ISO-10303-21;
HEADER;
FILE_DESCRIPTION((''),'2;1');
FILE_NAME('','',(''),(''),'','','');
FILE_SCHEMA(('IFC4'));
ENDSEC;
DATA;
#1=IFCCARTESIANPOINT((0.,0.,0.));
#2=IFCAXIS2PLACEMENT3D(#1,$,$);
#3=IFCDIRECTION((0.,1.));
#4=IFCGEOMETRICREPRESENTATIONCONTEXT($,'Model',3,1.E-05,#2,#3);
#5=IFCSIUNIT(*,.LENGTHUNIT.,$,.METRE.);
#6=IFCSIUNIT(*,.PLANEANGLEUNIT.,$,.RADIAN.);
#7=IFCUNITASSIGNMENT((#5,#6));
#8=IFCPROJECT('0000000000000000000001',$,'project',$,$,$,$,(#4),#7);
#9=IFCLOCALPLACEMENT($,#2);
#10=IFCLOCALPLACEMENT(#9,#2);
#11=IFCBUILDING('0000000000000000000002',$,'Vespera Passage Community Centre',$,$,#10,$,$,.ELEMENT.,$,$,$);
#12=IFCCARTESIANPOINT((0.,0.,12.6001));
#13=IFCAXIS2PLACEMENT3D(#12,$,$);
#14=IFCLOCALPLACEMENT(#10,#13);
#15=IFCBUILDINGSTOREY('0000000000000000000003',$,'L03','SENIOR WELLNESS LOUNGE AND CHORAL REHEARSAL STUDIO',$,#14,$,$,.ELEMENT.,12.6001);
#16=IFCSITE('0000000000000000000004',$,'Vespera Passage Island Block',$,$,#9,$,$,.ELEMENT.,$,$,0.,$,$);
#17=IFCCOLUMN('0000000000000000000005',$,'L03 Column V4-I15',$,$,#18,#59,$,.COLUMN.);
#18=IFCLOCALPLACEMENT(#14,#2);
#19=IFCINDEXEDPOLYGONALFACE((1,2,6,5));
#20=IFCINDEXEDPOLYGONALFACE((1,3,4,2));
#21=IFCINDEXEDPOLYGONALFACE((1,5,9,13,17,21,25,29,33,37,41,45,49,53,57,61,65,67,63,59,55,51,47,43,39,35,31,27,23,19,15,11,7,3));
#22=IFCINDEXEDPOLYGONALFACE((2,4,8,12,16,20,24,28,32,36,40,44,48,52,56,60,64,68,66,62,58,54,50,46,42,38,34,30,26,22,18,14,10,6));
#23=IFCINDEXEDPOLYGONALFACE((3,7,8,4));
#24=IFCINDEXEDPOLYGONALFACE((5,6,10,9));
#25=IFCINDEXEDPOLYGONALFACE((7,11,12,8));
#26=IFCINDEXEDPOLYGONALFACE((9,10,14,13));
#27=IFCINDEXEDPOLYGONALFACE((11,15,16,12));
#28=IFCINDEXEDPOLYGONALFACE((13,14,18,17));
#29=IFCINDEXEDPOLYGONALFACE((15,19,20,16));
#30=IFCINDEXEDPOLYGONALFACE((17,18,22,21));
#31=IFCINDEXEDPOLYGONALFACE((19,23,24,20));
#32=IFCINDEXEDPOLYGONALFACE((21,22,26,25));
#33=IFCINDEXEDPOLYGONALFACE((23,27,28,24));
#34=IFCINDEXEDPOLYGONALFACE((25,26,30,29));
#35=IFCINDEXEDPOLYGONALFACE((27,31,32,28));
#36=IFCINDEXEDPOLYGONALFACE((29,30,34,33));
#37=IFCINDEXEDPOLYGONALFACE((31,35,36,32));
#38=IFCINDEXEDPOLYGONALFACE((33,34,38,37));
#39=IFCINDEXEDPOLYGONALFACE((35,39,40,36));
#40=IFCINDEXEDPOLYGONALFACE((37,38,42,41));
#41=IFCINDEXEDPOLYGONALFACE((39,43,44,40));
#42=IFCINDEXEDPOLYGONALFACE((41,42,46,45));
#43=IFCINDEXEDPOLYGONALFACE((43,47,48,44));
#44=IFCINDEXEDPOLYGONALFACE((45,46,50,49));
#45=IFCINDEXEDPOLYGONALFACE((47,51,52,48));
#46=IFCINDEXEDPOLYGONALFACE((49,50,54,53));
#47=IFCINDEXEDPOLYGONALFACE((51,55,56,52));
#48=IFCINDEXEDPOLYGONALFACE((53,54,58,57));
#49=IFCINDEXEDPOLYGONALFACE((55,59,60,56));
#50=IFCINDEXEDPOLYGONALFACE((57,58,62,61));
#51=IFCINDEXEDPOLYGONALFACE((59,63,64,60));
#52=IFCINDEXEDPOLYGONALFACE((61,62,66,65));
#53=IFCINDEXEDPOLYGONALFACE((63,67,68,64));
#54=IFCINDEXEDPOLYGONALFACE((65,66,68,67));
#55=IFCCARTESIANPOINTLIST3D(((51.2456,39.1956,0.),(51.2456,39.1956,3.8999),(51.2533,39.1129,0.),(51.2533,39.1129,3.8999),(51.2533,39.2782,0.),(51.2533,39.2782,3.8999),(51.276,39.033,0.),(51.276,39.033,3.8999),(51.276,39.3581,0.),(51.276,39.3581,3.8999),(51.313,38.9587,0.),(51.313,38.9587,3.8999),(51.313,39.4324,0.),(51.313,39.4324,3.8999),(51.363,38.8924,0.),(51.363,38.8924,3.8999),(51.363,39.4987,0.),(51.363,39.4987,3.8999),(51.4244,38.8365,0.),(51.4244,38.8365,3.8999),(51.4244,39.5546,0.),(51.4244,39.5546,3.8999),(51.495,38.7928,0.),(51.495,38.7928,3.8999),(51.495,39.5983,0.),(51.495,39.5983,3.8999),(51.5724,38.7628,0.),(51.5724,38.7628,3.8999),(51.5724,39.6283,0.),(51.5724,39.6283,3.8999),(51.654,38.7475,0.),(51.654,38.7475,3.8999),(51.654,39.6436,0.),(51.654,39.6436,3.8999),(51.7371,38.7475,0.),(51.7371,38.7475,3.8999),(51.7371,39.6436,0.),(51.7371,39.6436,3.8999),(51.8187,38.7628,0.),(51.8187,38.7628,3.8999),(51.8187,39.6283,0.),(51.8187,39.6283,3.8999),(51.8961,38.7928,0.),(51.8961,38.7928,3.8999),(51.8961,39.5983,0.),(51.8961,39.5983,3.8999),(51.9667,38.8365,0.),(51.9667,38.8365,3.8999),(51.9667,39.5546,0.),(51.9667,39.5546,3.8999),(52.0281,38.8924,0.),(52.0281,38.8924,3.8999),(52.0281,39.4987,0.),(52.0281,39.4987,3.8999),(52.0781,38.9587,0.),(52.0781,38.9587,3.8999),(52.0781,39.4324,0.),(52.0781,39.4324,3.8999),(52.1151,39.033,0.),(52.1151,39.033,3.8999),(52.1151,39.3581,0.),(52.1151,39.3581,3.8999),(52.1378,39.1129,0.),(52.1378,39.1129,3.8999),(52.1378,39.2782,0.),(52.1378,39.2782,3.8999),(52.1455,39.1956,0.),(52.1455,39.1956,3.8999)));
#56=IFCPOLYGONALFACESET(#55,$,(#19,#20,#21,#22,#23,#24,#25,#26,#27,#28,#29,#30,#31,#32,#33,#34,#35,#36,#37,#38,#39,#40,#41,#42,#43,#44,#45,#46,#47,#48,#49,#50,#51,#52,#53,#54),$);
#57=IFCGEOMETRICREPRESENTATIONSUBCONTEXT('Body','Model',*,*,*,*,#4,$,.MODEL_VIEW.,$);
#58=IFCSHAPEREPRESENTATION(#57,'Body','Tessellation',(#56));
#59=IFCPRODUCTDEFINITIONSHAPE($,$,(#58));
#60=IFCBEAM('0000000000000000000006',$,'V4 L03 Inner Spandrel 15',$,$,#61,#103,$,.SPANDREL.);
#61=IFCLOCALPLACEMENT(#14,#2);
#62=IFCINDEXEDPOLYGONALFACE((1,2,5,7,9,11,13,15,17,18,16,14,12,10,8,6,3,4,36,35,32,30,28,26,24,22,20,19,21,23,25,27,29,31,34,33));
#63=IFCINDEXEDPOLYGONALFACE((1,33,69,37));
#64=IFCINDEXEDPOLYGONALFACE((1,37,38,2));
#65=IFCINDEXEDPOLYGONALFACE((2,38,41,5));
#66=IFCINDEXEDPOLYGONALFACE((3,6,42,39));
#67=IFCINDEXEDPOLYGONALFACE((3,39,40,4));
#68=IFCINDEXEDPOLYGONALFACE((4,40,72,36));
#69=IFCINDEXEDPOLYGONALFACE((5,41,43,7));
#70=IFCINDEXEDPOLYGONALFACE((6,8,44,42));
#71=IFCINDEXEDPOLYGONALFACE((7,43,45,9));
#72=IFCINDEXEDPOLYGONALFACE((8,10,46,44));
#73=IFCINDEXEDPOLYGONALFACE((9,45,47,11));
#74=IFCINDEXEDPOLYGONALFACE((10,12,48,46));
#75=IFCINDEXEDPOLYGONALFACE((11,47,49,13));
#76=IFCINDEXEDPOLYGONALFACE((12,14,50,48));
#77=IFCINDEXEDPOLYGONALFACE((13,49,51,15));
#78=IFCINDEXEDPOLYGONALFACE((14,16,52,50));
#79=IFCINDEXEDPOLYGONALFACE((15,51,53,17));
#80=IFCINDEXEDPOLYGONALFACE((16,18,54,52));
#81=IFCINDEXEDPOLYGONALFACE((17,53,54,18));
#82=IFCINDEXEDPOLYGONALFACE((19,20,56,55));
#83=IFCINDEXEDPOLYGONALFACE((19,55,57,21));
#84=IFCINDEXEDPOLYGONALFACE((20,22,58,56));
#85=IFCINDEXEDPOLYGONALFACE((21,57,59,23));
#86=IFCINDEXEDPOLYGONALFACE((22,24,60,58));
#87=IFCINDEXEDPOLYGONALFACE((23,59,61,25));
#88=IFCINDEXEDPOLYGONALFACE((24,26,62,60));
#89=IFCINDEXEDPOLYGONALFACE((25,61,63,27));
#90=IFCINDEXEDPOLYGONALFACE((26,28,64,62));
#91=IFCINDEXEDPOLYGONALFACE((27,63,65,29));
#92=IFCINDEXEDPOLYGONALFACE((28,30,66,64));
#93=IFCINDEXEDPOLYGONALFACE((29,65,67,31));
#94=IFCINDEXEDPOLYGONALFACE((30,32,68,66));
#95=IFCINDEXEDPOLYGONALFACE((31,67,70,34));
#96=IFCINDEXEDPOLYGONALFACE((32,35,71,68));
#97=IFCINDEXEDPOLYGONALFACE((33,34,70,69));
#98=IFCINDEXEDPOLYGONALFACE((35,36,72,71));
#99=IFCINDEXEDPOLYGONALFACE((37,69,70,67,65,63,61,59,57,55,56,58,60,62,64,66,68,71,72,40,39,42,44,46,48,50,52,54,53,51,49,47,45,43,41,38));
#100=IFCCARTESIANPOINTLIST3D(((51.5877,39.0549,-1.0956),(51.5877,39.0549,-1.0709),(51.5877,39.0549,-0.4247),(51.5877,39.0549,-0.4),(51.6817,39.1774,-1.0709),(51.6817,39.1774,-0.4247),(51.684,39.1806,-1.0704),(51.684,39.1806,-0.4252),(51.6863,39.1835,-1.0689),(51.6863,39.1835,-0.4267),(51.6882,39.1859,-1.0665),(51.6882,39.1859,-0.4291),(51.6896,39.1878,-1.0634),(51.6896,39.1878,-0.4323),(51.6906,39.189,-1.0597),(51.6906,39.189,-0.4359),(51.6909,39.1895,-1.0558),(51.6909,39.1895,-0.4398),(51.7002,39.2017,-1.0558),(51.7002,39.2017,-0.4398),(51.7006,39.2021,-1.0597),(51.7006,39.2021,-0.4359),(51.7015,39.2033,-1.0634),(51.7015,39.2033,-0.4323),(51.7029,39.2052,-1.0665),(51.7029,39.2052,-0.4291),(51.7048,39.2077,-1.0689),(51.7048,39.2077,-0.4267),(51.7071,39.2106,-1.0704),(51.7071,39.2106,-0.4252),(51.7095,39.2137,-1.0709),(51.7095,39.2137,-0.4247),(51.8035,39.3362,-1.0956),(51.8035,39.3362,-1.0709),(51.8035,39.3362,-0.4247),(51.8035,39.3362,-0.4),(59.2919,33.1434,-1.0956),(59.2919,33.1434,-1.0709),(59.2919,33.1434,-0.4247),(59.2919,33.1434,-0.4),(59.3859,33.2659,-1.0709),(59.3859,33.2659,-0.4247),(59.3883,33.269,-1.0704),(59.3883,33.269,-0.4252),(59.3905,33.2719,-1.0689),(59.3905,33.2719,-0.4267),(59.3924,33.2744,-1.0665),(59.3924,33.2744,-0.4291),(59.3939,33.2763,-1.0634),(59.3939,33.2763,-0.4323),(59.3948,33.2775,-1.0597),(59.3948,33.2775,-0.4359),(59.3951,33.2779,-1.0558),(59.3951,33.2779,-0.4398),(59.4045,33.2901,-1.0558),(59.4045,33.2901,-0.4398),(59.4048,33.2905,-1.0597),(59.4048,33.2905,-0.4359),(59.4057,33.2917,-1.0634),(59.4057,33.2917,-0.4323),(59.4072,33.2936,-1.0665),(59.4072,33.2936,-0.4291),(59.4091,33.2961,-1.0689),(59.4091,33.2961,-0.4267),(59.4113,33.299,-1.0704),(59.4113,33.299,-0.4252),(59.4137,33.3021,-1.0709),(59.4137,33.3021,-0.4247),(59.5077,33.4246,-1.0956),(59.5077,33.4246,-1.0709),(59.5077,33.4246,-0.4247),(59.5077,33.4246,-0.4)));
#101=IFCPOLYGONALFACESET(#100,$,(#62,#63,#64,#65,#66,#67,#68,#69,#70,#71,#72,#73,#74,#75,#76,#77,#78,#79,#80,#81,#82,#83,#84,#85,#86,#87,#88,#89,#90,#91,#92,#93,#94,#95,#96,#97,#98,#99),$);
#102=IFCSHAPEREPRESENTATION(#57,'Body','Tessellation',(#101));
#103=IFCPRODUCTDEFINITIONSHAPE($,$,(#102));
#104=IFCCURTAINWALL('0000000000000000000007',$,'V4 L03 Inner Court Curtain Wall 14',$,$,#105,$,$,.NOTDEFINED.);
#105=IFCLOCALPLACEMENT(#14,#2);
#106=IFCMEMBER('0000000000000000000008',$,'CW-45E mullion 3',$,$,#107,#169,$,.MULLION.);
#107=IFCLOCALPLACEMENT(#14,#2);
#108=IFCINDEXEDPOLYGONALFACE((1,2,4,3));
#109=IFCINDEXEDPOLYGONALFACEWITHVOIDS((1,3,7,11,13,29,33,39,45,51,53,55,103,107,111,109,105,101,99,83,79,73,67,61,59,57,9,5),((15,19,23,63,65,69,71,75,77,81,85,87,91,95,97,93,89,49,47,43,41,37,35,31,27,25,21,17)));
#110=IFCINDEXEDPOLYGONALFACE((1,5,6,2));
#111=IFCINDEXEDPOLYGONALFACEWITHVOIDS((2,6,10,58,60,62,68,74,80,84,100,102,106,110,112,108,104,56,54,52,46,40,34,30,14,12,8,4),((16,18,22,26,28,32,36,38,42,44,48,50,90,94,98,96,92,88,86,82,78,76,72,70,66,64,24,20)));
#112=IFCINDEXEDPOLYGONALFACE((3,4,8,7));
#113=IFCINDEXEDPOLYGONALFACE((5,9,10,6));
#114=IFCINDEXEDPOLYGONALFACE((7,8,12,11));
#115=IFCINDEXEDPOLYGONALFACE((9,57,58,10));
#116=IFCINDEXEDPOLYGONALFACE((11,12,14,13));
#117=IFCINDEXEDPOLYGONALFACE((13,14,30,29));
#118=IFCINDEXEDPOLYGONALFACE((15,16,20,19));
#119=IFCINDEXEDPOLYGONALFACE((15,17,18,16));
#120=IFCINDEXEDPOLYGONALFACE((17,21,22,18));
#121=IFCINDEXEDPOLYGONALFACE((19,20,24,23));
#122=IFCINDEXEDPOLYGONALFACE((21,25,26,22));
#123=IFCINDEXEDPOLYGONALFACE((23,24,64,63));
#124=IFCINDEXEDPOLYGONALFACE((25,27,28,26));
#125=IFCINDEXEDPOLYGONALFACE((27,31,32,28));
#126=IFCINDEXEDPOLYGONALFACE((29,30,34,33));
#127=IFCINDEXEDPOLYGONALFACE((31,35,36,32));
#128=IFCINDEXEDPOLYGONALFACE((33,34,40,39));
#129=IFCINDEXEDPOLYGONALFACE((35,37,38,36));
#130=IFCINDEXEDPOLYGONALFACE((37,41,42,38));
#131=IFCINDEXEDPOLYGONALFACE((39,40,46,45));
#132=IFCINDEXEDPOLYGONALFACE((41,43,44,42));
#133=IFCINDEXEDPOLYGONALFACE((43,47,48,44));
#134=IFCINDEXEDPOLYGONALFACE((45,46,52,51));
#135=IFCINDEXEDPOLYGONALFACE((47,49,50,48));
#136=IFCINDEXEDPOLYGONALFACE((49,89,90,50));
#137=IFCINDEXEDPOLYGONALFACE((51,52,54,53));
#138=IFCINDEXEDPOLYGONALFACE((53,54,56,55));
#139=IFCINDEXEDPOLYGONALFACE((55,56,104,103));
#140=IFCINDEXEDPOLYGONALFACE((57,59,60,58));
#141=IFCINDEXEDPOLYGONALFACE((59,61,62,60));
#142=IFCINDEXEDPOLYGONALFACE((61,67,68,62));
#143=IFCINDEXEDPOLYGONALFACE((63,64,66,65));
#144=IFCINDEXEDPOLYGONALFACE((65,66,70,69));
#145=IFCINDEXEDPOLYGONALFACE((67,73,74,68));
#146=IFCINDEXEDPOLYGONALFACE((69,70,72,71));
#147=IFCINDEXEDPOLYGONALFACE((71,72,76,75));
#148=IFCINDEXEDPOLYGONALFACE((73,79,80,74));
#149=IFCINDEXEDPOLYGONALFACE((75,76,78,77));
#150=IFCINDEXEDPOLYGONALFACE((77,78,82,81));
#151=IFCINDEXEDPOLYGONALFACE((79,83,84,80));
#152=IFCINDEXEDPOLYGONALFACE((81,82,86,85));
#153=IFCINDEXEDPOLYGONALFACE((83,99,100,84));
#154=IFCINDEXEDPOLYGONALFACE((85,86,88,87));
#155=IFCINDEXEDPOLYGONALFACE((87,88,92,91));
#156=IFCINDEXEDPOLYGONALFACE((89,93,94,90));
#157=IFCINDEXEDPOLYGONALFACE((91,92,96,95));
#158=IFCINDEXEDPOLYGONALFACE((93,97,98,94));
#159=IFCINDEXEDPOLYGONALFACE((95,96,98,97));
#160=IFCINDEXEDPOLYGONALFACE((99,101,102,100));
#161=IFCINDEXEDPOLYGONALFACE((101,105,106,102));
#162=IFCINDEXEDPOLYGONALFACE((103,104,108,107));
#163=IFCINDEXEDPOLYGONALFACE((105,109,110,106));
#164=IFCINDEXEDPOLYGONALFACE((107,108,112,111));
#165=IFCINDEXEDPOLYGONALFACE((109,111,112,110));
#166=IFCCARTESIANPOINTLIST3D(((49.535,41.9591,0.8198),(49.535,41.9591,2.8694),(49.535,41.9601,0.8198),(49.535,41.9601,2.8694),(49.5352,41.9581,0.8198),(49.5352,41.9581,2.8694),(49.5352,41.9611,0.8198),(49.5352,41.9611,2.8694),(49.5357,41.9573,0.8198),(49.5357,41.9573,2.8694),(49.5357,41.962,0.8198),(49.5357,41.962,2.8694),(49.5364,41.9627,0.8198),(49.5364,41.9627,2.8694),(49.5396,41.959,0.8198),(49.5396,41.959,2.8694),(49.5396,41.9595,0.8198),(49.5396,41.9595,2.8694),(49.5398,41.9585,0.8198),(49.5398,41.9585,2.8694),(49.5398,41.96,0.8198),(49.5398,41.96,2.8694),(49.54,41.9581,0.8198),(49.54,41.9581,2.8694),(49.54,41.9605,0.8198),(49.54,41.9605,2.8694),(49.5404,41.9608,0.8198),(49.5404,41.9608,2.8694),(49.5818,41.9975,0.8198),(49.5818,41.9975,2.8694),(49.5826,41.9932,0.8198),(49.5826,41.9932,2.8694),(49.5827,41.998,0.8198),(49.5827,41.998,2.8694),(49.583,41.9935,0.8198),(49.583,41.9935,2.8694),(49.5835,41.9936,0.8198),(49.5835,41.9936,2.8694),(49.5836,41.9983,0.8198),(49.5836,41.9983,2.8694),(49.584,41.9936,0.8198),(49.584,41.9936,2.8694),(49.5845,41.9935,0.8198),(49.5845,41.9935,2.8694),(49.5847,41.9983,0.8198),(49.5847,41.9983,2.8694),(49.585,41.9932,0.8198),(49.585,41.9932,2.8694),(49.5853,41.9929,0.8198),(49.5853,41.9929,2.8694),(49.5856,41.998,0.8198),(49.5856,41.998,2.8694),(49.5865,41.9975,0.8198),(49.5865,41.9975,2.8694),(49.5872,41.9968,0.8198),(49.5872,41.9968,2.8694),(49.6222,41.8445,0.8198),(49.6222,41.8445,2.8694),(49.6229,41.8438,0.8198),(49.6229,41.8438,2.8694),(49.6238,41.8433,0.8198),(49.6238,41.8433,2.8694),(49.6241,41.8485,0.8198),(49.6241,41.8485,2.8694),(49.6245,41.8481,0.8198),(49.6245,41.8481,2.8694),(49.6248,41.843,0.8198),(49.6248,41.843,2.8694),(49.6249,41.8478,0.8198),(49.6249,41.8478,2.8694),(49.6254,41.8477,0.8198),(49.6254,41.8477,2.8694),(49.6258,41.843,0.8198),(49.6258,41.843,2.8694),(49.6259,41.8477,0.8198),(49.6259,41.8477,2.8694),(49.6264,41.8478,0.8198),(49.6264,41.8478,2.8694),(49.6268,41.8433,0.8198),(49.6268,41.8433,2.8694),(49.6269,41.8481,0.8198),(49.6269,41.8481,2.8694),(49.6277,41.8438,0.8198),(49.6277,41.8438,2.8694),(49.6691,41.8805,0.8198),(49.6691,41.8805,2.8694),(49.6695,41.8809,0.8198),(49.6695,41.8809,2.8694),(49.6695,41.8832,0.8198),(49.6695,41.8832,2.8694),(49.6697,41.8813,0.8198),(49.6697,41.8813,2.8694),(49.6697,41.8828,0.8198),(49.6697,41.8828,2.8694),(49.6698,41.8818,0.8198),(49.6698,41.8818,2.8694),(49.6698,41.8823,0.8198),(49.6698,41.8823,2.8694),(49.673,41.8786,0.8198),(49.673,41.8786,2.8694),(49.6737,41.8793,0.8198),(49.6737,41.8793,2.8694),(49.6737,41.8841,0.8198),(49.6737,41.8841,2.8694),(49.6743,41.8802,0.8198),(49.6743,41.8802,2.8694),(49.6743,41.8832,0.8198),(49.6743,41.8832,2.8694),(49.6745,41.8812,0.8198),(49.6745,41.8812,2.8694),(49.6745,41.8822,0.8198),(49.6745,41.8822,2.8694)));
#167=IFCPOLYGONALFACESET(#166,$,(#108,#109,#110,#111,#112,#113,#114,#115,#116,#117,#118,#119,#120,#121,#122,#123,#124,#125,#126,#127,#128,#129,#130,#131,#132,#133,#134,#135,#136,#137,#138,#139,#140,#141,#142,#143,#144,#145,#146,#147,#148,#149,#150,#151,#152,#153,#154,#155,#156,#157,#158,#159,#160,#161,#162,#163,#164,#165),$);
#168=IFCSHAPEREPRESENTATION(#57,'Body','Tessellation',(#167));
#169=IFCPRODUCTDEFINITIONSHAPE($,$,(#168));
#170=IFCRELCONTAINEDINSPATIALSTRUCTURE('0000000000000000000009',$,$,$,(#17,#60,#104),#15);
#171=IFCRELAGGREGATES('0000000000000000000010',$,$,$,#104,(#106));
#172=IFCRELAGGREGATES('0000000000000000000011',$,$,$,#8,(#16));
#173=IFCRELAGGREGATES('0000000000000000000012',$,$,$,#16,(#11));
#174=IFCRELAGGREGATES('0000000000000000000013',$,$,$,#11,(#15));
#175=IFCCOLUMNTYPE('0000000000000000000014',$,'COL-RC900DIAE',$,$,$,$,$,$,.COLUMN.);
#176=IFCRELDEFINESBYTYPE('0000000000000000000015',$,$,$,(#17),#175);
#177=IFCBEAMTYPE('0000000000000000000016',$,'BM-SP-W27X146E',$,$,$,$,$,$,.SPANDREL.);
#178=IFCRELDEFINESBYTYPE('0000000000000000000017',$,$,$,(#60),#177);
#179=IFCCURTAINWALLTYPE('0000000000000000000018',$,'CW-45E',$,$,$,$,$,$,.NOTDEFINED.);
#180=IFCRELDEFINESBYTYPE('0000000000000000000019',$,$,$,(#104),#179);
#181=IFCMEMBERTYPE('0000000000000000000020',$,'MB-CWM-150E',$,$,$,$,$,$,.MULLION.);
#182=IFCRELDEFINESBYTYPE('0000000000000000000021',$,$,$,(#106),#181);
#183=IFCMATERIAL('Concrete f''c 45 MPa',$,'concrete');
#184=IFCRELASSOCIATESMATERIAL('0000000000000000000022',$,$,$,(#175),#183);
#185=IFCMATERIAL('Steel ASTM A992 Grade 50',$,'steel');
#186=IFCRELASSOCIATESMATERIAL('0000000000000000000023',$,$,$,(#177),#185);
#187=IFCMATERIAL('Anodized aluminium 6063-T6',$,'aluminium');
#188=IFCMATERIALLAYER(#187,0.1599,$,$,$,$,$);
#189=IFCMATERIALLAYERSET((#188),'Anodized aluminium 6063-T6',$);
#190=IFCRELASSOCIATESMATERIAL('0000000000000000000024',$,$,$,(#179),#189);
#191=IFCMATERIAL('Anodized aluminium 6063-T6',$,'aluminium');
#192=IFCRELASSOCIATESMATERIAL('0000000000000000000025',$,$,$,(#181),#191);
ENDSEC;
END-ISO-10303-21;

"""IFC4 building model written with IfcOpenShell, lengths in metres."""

from ifc_helpers import new_model, si_unit, direction, frame, origin, origin_2d, place, context, subcontext, project, spatial, hollow_rectangle, circle, i_section, extrude, material, layer, layer_set, material_profile, profile_set, type_object, element, aggregate, save


model = new_model("IFC4")

# Units and contexts
model_context = context("Model", 3, precision=1e-05, world=origin(), true_north=direction((0.0, 1.0)))
body_context = subcontext(model_context, "Body", "Model", "MODEL_VIEW")
ifc_project = project(units=[si_unit("LENGTHUNIT", "METRE"), si_unit("PLANEANGLEUNIT", "RADIAN")], contexts=[model_context])

# Site, building, storey
site_placement = place(None, origin())
site = spatial("IfcSite", under=ifc_project, at=site_placement, Name="Vespera Passage Island Block", CompositionType="ELEMENT", RefElevation=0.0)
building_placement = place(site_placement, origin())
building = spatial("IfcBuilding", under=site, at=building_placement, Name="Vespera Passage Community Centre", CompositionType="ELEMENT")
storey_placement = place(building_placement, frame((0.0, 0.0, 12.6001)))
storey = spatial("IfcBuildingStorey", under=building, at=storey_placement, Name="L03", Description="SENIOR WELLNESS LOUNGE AND CHORAL REHEARSAL STUDIO", CompositionType="ELEMENT", Elevation=12.6001)

# Column
ifc_material_1 = material(Name="Concrete f'c 45 MPa", Category="concrete")
ifc_material_profile_1 = material_profile(ifc_material_1, circle(Radius=0.45, at=origin_2d()), Name="RC900DIA")
ifc_profile_set_1 = profile_set([ifc_material_profile_1], Name="Concrete f'c 45 MPa")
column_type = type_object("IfcColumnType", Name="COL-RC900DIAE", PredefinedType="COLUMN", material=ifc_profile_set_1)
column_placement = place(storey_placement, frame((51.6956, 39.1956, 0.0), z_axis=(0.0, 0.0, 1.0), x_axis=(1.0, 0.0, 0.0)))
element("IfcColumn", 1, at=column_placement, inside=storey, type_object=column_type, Name="L03 Column V4-I15", PredefinedType="COLUMN", context=body_context, shape_type="SweptSolid", body=[
    extrude(circle(Radius=0.45, at=origin_2d()), origin(), (0.0, 0.0, 1.0), 3.8999),
])

# Beam
ifc_material_2 = material(Name="Steel ASTM A992 Grade 50", Category="steel")
ifc_material_profile_2 = material_profile(ifc_material_2, i_section(OverallWidth=0.3545, OverallDepth=0.6956, WebThickness=0.0154, FlangeThickness=0.0247, FilletRadius=0.0151, at=origin_2d()), Name="W27X146")
ifc_profile_set_2 = profile_set([ifc_material_profile_2], Name="Steel ASTM A992 Grade 50")
beam_type = type_object("IfcBeamType", Name="BM-SP-W27X146E", PredefinedType="SPANDREL", material=ifc_profile_set_2)
beam_placement = place(storey_placement, frame((51.6956, 39.1956, -0.7478), z_axis=(0.79336, -0.608753, 0.0), x_axis=(0.608753, 0.79336, 0.0)))
element("IfcBeam", 2, at=beam_placement, inside=storey, type_object=beam_type, Name="V4 L03 Inner Spandrel 15", PredefinedType="SPANDREL", context=body_context, shape_type="SweptSolid", body=[
    extrude(i_section(OverallWidth=0.3545, OverallDepth=0.6956, WebThickness=0.0154, FlangeThickness=0.0247, FilletRadius=0.0151, at=origin_2d()), origin(), (0.0, 0.0, 1.0), 9.7109),
])

# Curtain wall, member
ifc_material_3 = material(Name="Anodized aluminium 6063-T6", Category="aluminium")
ifc_layer_1 = layer(ifc_material_3, 0.1599)
ifc_layer_set_1 = layer_set([ifc_layer_1], Name="Anodized aluminium 6063-T6")
curtain_wall_type_1 = type_object("IfcCurtainWallType", Name="CW-45E", PredefinedType="NOTDEFINED", material=ifc_layer_set_1)
curtain_wall_1_placement = place(storey_placement, origin())
curtain_wall_1 = element("IfcCurtainWall", 3, at=curtain_wall_1_placement, inside=storey, type_object=curtain_wall_type_1, Name="V4 L03 Inner Court Curtain Wall 14", PredefinedType="NOTDEFINED")
ifc_material_4 = material(Name="Anodized aluminium 6063-T6", Category="aluminium")
ifc_material_profile_3 = material_profile(ifc_material_4, hollow_rectangle(XDim=0.0649, YDim=0.1499, WallThickness=0.0039, InnerFilletRadius=0.002, OuterFilletRadius=0.0039, at=origin_2d()), Name="ALU150X65X4")
ifc_profile_set_3 = profile_set([ifc_material_profile_3], Name="Anodized aluminium 6063-T6")
member_type_1 = type_object("IfcMemberType", Name="MB-CWM-150E", PredefinedType="MULLION", material=ifc_profile_set_3)
member_1_placement = place(storey_placement, frame((49.6047, 41.9207, 0.8198), z_axis=(0.0, 0.0, 1.0), x_axis=(0.793358, 0.608755, 0.0)))
member_1 = element("IfcMember", 4, at=member_1_placement, type_object=member_type_1, Name="CW-45E mullion 3", PredefinedType="MULLION", context=body_context, shape_type="SweptSolid", body=[
    extrude(hollow_rectangle(XDim=0.0649, YDim=0.1499, WallThickness=0.0039, InnerFilletRadius=0.002, OuterFilletRadius=0.0039, at=origin_2d()), origin(), (0.0, 0.0, 1.0), 2.0496),
])

aggregate(curtain_wall_1, [member_1])

save(model, "model.ifc")
